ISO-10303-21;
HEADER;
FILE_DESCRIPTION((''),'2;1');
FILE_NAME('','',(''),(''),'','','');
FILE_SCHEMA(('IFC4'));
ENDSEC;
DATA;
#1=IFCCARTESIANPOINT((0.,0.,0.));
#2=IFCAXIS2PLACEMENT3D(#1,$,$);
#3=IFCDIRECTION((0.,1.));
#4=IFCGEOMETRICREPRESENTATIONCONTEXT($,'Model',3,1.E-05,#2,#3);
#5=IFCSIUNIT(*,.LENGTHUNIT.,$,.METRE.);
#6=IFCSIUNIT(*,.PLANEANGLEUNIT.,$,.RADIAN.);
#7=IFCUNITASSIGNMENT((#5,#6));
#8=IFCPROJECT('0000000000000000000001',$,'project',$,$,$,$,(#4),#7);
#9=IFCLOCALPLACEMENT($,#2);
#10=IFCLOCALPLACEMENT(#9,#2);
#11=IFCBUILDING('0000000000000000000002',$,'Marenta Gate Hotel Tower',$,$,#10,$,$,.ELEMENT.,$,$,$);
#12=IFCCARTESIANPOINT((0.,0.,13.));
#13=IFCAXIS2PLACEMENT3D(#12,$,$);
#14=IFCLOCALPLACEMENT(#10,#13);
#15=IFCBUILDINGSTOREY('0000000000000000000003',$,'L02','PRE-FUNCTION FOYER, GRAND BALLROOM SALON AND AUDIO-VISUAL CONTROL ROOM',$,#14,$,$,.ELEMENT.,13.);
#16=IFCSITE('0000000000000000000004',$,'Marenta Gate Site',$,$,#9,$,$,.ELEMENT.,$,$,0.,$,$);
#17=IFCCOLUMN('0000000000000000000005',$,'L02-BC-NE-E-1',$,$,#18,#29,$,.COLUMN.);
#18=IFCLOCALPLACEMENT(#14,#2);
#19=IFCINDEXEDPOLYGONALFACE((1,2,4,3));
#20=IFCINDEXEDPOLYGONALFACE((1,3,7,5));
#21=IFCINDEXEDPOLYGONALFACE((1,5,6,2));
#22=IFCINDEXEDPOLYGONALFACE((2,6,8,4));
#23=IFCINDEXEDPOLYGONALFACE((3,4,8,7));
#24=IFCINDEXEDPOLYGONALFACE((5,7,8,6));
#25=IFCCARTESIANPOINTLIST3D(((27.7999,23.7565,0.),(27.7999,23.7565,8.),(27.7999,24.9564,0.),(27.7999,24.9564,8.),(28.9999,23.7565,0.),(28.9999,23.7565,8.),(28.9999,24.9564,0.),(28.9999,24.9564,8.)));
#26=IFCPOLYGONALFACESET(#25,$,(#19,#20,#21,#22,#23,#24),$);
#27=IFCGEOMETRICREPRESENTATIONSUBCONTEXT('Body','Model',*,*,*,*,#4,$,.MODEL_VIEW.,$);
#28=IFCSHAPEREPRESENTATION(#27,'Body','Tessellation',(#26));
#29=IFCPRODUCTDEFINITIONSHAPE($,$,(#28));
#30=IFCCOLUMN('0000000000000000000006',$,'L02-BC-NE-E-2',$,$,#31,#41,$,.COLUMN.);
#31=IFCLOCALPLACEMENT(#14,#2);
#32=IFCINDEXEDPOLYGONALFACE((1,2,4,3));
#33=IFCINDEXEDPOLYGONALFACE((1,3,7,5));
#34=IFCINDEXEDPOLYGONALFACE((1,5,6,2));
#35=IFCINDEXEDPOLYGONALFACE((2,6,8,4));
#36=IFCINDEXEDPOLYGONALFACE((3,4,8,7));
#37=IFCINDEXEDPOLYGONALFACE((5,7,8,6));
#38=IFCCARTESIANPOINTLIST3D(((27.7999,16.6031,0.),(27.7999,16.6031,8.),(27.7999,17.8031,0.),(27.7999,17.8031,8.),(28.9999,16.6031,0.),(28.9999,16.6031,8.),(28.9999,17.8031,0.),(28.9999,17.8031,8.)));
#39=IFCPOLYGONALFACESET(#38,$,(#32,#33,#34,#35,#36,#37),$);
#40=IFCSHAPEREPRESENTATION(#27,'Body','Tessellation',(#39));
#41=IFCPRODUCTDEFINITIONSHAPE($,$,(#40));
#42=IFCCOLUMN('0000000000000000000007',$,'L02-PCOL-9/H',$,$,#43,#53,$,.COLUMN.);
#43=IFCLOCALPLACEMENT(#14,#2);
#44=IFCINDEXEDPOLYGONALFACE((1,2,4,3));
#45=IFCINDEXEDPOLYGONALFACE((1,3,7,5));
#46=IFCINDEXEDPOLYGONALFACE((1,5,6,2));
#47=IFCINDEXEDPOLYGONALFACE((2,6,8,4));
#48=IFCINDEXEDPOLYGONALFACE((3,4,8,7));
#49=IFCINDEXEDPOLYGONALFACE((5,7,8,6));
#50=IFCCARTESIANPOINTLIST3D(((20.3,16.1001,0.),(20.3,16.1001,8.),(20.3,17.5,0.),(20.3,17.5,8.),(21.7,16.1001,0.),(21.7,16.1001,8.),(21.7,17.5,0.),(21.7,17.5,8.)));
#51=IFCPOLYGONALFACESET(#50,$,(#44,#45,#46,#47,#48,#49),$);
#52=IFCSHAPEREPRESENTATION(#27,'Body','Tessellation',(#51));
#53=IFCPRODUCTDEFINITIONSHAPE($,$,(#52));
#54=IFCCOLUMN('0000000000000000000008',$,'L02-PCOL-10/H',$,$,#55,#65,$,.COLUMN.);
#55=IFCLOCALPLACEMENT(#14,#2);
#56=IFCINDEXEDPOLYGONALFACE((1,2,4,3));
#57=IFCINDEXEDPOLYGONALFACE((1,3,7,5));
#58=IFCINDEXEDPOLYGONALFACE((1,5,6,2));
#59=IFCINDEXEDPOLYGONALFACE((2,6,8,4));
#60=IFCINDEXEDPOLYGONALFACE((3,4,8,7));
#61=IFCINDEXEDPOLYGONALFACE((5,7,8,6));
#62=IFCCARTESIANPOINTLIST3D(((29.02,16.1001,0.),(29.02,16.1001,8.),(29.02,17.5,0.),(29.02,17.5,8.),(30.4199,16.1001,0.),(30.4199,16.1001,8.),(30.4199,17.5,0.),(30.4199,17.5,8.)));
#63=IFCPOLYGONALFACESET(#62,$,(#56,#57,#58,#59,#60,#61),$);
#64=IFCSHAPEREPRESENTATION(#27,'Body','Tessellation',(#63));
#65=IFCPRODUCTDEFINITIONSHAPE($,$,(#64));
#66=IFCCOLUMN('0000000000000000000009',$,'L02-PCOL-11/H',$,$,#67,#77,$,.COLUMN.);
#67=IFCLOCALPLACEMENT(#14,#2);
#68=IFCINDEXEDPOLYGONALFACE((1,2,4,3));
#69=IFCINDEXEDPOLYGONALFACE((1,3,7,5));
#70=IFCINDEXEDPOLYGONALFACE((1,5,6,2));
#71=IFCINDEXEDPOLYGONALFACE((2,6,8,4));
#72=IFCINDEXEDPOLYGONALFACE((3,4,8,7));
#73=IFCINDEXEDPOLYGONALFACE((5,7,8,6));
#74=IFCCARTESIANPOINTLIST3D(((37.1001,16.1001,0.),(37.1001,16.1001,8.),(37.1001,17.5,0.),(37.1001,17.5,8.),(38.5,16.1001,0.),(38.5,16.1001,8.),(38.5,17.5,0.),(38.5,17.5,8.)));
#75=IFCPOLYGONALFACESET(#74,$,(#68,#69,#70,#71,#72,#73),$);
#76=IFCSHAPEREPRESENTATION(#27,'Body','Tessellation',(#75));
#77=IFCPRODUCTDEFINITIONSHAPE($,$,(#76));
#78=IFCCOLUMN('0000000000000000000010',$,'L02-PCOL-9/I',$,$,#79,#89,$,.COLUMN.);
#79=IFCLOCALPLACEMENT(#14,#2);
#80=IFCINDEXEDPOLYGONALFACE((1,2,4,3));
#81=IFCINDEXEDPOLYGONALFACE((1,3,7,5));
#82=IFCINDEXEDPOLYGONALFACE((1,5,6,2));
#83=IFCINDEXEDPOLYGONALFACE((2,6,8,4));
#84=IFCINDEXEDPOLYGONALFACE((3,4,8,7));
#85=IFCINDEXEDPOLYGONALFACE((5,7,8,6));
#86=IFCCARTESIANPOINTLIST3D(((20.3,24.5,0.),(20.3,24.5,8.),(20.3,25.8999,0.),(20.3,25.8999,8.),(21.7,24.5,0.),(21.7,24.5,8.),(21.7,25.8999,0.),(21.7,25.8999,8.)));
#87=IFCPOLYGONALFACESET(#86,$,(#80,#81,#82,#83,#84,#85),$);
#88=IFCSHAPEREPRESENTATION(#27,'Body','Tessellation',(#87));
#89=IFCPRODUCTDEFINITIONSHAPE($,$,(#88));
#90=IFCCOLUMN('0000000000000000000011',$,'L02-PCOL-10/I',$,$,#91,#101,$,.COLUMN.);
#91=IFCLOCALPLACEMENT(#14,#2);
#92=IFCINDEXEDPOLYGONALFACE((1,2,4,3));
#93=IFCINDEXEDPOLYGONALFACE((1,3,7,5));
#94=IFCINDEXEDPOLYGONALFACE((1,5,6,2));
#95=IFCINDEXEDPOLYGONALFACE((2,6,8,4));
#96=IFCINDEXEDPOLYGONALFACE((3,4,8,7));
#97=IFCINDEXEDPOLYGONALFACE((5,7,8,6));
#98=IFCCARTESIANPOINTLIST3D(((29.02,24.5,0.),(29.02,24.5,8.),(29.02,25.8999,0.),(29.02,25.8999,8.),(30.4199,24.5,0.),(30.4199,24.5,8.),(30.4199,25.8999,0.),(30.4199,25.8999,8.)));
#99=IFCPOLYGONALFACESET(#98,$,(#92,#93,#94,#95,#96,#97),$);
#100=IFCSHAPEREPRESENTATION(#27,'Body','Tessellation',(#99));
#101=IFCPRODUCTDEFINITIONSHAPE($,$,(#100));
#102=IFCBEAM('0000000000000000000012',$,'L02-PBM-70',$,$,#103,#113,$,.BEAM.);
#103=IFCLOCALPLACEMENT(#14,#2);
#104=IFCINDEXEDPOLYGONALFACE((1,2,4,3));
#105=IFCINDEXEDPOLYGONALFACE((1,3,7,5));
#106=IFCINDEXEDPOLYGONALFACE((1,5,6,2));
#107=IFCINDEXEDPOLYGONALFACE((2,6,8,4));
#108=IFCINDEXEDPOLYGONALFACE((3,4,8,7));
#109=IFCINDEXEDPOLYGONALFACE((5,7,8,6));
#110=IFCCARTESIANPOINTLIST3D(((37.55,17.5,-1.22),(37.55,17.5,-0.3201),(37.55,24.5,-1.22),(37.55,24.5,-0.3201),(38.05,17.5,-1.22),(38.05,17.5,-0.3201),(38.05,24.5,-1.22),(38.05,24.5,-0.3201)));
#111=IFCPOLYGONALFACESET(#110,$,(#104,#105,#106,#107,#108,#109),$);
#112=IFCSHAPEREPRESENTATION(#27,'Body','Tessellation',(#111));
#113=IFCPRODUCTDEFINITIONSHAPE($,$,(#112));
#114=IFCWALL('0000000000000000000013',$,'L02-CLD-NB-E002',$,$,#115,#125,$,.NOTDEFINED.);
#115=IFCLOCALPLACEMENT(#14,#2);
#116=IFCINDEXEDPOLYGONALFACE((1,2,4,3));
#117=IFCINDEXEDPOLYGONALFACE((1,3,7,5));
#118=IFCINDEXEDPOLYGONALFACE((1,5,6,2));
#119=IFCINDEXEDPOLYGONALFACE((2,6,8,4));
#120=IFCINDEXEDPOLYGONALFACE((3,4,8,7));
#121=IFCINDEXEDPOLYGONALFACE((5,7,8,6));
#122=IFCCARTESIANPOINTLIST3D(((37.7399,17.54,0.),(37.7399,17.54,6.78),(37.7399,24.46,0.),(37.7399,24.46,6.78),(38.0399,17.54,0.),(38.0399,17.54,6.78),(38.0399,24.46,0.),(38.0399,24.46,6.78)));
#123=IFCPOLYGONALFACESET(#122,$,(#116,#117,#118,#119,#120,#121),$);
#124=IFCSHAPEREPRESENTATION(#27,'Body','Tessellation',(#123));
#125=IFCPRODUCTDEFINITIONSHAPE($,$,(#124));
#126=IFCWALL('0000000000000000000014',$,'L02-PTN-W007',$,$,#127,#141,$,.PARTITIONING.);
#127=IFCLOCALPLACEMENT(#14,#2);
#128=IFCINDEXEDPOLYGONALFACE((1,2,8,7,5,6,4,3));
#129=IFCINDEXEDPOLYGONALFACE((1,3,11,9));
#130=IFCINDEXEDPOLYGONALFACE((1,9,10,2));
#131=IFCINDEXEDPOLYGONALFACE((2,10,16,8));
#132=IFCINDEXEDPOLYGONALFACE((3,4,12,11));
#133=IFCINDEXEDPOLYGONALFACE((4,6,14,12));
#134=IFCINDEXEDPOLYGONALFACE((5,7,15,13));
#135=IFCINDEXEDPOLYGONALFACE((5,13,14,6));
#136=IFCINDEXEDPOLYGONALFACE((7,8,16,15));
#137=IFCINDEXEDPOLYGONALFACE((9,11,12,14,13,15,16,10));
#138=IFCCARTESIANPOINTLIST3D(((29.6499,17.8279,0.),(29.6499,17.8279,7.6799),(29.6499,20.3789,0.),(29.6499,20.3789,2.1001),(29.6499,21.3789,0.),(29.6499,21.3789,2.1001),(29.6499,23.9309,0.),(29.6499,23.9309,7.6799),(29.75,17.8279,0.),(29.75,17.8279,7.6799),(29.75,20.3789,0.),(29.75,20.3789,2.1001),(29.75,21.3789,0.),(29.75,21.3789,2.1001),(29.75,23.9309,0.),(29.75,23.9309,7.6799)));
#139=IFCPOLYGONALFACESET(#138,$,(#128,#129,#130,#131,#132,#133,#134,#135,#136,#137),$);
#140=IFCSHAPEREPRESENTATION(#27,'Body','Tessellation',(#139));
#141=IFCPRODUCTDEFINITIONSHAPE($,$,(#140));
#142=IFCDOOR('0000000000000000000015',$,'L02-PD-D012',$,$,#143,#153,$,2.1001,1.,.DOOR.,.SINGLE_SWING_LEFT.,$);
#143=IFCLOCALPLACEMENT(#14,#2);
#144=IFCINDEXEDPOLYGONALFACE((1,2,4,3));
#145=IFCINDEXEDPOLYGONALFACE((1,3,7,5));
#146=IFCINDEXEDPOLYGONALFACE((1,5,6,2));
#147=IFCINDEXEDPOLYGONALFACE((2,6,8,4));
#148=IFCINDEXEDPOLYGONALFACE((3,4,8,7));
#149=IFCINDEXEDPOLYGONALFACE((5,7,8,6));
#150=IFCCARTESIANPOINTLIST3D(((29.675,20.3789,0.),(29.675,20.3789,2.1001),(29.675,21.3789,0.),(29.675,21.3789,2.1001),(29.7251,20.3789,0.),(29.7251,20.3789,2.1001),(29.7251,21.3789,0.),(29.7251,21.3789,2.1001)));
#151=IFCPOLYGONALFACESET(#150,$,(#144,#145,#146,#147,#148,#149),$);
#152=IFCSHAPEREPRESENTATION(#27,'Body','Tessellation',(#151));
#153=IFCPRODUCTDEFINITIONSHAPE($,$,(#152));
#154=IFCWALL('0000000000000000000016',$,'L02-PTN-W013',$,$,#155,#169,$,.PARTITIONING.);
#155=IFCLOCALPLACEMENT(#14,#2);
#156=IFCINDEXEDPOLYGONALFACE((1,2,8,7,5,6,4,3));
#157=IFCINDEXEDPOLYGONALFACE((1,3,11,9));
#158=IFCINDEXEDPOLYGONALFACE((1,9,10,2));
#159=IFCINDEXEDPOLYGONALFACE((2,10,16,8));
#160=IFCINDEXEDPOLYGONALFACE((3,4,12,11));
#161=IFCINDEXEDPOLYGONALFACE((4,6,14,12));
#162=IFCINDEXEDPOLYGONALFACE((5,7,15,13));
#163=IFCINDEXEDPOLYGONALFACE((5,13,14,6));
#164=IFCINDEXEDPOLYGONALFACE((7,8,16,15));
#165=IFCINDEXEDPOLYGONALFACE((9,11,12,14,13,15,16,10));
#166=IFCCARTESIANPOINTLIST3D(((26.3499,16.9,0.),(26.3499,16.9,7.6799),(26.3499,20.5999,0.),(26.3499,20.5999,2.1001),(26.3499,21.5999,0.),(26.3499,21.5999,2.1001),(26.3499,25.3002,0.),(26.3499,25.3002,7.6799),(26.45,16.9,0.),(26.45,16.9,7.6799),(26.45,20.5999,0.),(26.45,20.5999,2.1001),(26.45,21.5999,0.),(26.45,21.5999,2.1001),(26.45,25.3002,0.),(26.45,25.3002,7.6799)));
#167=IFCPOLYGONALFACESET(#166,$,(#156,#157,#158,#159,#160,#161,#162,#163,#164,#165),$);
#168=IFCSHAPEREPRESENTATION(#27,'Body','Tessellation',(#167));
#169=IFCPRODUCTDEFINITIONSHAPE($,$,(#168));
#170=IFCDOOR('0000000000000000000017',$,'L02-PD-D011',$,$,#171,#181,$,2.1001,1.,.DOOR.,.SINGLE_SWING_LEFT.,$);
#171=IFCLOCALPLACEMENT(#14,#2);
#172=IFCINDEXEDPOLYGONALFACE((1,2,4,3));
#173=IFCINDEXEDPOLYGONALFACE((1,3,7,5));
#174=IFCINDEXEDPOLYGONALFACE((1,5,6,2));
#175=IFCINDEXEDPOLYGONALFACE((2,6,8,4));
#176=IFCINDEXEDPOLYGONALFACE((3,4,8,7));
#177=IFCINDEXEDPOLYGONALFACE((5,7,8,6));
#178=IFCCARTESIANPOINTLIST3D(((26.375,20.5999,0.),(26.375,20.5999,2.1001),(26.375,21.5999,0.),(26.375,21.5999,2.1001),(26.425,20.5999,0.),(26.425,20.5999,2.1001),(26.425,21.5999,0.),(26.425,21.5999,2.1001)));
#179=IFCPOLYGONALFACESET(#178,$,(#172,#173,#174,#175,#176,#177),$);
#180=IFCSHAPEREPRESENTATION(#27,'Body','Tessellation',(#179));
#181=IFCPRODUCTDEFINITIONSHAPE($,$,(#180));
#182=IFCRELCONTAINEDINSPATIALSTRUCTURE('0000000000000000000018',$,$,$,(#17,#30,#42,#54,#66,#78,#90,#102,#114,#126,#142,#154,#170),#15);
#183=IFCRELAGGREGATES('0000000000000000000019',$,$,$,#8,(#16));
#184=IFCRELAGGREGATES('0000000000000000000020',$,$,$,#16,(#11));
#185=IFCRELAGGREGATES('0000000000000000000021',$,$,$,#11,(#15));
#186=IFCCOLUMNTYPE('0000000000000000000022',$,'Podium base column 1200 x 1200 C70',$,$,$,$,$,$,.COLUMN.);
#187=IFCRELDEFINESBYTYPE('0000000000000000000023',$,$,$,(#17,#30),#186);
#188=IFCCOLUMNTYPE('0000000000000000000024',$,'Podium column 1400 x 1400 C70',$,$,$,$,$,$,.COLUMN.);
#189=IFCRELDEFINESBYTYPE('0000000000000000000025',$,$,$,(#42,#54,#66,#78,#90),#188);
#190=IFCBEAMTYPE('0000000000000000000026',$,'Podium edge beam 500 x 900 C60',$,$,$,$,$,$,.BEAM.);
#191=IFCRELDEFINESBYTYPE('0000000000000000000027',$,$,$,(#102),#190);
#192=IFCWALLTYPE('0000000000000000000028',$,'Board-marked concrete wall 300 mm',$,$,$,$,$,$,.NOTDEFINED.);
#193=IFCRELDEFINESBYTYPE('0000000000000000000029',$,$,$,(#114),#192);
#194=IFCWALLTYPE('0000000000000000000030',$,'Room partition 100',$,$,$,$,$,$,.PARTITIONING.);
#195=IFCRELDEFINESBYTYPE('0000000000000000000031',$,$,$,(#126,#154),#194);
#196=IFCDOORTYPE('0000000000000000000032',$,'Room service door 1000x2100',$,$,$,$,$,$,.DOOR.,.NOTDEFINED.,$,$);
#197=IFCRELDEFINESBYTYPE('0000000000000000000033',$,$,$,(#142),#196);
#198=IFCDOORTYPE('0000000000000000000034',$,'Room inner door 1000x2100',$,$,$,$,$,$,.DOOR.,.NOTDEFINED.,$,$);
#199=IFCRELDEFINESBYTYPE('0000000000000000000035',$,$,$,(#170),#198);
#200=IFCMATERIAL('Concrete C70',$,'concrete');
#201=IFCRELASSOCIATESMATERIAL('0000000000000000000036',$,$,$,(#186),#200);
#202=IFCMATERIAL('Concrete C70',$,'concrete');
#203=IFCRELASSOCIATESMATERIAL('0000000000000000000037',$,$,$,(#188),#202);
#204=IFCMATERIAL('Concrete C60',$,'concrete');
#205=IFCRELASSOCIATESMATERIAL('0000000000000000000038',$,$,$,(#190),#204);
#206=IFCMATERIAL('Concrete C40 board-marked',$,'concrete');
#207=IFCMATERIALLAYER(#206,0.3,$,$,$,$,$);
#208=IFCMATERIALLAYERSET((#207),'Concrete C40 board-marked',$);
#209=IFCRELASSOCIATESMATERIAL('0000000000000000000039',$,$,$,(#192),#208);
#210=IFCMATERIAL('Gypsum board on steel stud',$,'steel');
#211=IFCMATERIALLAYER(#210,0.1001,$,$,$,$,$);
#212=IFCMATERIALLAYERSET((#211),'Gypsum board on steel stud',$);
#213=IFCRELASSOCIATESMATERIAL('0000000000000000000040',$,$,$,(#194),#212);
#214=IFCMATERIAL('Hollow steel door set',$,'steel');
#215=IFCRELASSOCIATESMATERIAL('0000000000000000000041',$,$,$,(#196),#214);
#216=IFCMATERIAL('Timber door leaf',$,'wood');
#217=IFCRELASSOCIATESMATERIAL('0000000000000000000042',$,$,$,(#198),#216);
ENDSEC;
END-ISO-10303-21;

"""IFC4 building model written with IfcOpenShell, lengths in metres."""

from ifc_helpers import new_model, si_unit, direction, frame, frame_2d, origin, origin_2d, place, context, subcontext, project, spatial, rectangle, extrude, material, layer, layer_set, material_profile, profile_set, type_object, element, fill, save


model = new_model("IFC4")

# Units and contexts
model_context = context("Model", 3, precision=1e-05, world=origin(), true_north=direction((0.0, 1.0)))
body_context = subcontext(model_context, "Body", "Model", "MODEL_VIEW")
ifc_project = project(units=[si_unit("LENGTHUNIT", "METRE"), si_unit("PLANEANGLEUNIT", "RADIAN")], contexts=[model_context])

# Site, building, storey
site_placement = place(None, origin())
site = spatial("IfcSite", under=ifc_project, at=site_placement, Name="Marenta Gate Site", CompositionType="ELEMENT", RefElevation=0.0)
building_placement = place(site_placement, origin())
building = spatial("IfcBuilding", under=site, at=building_placement, Name="Marenta Gate Hotel Tower", CompositionType="ELEMENT")
storey_placement = place(building_placement, frame((0.0, 0.0, 13.0)))
storey = spatial("IfcBuildingStorey", under=building, at=storey_placement, Name="L02", Description="PRE-FUNCTION FOYER, GRAND BALLROOM SALON AND AUDIO-VISUAL CONTROL ROOM", CompositionType="ELEMENT", Elevation=13.0)

# Columns
ifc_material_1 = material(Name="Concrete C70", Category="concrete")
ifc_material_profile_1 = material_profile(ifc_material_1, rectangle(XDim=1.2, YDim=1.2, at=origin_2d()), Name="1200 x 1200")
ifc_profile_set_1 = profile_set([ifc_material_profile_1], Name="Concrete C70")
column_type_1 = type_object("IfcColumnType", Name="Podium base column 1200 x 1200 C70", PredefinedType="COLUMN", material=ifc_profile_set_1)
for number, where, z_axis, x_axis, name in (
    (1, (28.3999, 24.3564, 0.0), (0.0, 0.0, 1.0), (1.0, 0.0, 0.0), "L02-BC-NE-E-1"),
    (2, (28.3999, 17.2031, 0.0), (0.0, 0.0, 1.0), (1.0, 0.0, 0.0), "L02-BC-NE-E-2"),
):
    element("IfcColumn", number, at=place(storey_placement, frame(where, z_axis=z_axis, x_axis=x_axis)), inside=storey, type_object=column_type_1, Name=name, PredefinedType="COLUMN", context=body_context, shape_type="SweptSolid", body=[
        extrude(rectangle(XDim=1.2, YDim=1.2, at=origin_2d()), origin(), (0.0, 0.0, 1.0), 8.0),
    ])
ifc_material_2 = material(Name="Concrete C70", Category="concrete")
ifc_material_profile_2 = material_profile(ifc_material_2, rectangle(XDim=1.3999, YDim=1.3999, at=origin_2d()), Name="1400 x 1400")
ifc_profile_set_2 = profile_set([ifc_material_profile_2], Name="Concrete C70")
column_type_2 = type_object("IfcColumnType", Name="Podium column 1400 x 1400 C70", PredefinedType="COLUMN", material=ifc_profile_set_2)
for number, where, z_axis, x_axis, name in (
    (3, (21.0, 16.8, 0.0), (0.0, 0.0, 1.0), (1.0, 0.0, 0.0), "L02-PCOL-9/H"),
    (4, (29.72, 16.8, 0.0), (0.0, 0.0, 1.0), (1.0, 0.0, 0.0), "L02-PCOL-10/H"),
    (5, (37.8, 16.8, 0.0), (0.0, 0.0, 1.0), (1.0, 0.0, 0.0), "L02-PCOL-11/H"),
    (6, (21.0, 25.2, 0.0), (0.0, 0.0, 1.0), (1.0, 0.0, 0.0), "L02-PCOL-9/I"),
    (7, (29.72, 25.2, 0.0), (0.0, 0.0, 1.0), (1.0, 0.0, 0.0), "L02-PCOL-10/I"),
):
    element("IfcColumn", number, at=place(storey_placement, frame(where, z_axis=z_axis, x_axis=x_axis)), inside=storey, type_object=column_type_2, Name=name, PredefinedType="COLUMN", context=body_context, shape_type="SweptSolid", body=[
        extrude(rectangle(XDim=1.3999, YDim=1.3999, at=origin_2d()), origin(), (0.0, 0.0, 1.0), 8.0),
    ])

# Beam
ifc_material_3 = material(Name="Concrete C60", Category="concrete")
ifc_material_profile_3 = material_profile(ifc_material_3, rectangle(XDim=0.5, YDim=0.8999, at=origin_2d()), Name="500 x 900")
ifc_profile_set_3 = profile_set([ifc_material_profile_3], Name="Concrete C60")
beam_type = type_object("IfcBeamType", Name="Podium edge beam 500 x 900 C60", PredefinedType="BEAM", material=ifc_profile_set_3)
beam_placement = place(storey_placement, frame((37.8, 17.5, -0.77), z_axis=(0.0, 1.0, 0.0), x_axis=(-1.0, 0.0, 0.0)))
element("IfcBeam", 8, at=beam_placement, inside=storey, type_object=beam_type, Name="L02-PBM-70", PredefinedType="BEAM", context=body_context, shape_type="SweptSolid", body=[
    extrude(rectangle(XDim=0.5, YDim=0.8999, at=origin_2d()), origin(), (0.0, 0.0, 1.0), 7.0),
])

# Wall
ifc_material_4 = material(Name="Concrete C40 board-marked", Category="concrete")
ifc_layer_1 = layer(ifc_material_4, 0.3)
ifc_layer_set_1 = layer_set([ifc_layer_1], Name="Concrete C40 board-marked")
wall_type_1 = type_object("IfcWallType", Name="Board-marked concrete wall 300 mm", PredefinedType="NOTDEFINED", material=ifc_layer_set_1)
wall_1_placement = place(storey_placement, frame((37.8899, 17.54, 0.0), z_axis=(0.0, 0.0, 1.0), x_axis=(0.0, 1.0, 0.0)))
element("IfcWall", 9, at=wall_1_placement, inside=storey, type_object=wall_type_1, Name="L02-CLD-NB-E002", PredefinedType="NOTDEFINED", context=body_context, shape_type="SweptSolid", body=[
    extrude(rectangle(XDim=6.9199, YDim=0.3, at=frame_2d((3.46, 0.0))), origin(), (0.0, 0.0, 1.0), 6.78),
])

# Walls, openings, doors
ifc_material_5 = material(Name="Gypsum board on steel stud", Category="steel")
ifc_layer_2 = layer(ifc_material_5, 0.1001)
ifc_layer_set_2 = layer_set([ifc_layer_2], Name="Gypsum board on steel stud")
wall_type_2 = type_object("IfcWallType", Name="Room partition 100", PredefinedType="PARTITIONING", material=ifc_layer_set_2)
wall_2_placement = place(storey_placement, frame((29.7, 17.8279, 0.0), z_axis=(0.0, 0.0, 1.0), x_axis=(0.0, 1.0, 0.0)))
wall_2 = element("IfcWall", 10, at=wall_2_placement, inside=storey, type_object=wall_type_2, Name="L02-PTN-W007", PredefinedType="PARTITIONING", context=body_context, shape_type="SweptSolid", body=[
    extrude(rectangle(XDim=6.103, YDim=0.1001, at=frame_2d((3.0515, 0.0))), origin(), (0.0, 0.0, 1.0), 7.6799),
])
opening_1_placement = place(wall_2_placement, frame((2.551, 0.0, 0.0)))
opening_1 = element("IfcOpeningElement", 11, at=opening_1_placement, cuts=wall_2, PredefinedType="OPENING", context=body_context, shape_type="SweptSolid", body=[
    extrude(rectangle(XDim=1.0, YDim=2.1001, at=frame_2d((0.5, 1.05))), frame((0.0, 0.05, 0.0), z_axis=(0.0, -1.0, 0.0), x_axis=(1.0, 0.0, 0.0)), (0.0, 0.0, 1.0), 0.1001),
])
ifc_material_6 = material(Name="Hollow steel door set", Category="steel")
door_type_1 = type_object("IfcDoorType", Name="Room service door 1000x2100", OperationType="NOTDEFINED", PredefinedType="DOOR", material=ifc_material_6)
door_1_placement = place(opening_1_placement, origin())
door_1 = element("IfcDoor", 12, at=door_1_placement, inside=storey, type_object=door_type_1, Name="L02-PD-D012", OperationType="SINGLE_SWING_LEFT", OverallHeight=2.1001, OverallWidth=1.0, PredefinedType="DOOR", context=body_context, shape_type="SweptSolid", body=[
    extrude(rectangle(XDim=1.0, YDim=2.1001, at=frame_2d((0.5, 1.05))), frame((0.0, 0.0249, 0.0), z_axis=(0.0, -1.0, 0.0), x_axis=(1.0, 0.0, 0.0)), (0.0, 0.0, 1.0), 0.05),
])
fill(opening_1, door_1)
wall_3_placement = place(storey_placement, frame((26.3999, 16.8999, 0.0), z_axis=(0.0, 0.0, 1.0), x_axis=(0.0, 1.0, 0.0)))
wall_3 = element("IfcWall", 13, at=wall_3_placement, inside=storey, type_object=wall_type_2, Name="L02-PTN-W013", PredefinedType="PARTITIONING", context=body_context, shape_type="SweptSolid", body=[
    extrude(rectangle(XDim=8.4001, YDim=0.1001, at=frame_2d((4.2002, 0.0))), origin(), (0.0, 0.0, 1.0), 7.6799),
])
opening_2_placement = place(wall_3_placement, frame((3.7, 0.0, 0.0)))
opening_2 = element("IfcOpeningElement", 14, at=opening_2_placement, cuts=wall_3, PredefinedType="OPENING", context=body_context, shape_type="SweptSolid", body=[
    extrude(rectangle(XDim=1.0, YDim=2.1001, at=frame_2d((0.5, 1.05))), frame((0.0, 0.05, 0.0), z_axis=(0.0, -1.0, 0.0), x_axis=(1.0, 0.0, 0.0)), (0.0, 0.0, 1.0), 0.1001),
])
ifc_material_7 = material(Name="Timber door leaf", Category="wood")
door_type_2 = type_object("IfcDoorType", Name="Room inner door 1000x2100", OperationType="NOTDEFINED", PredefinedType="DOOR", material=ifc_material_7)
door_2_placement = place(opening_2_placement, origin())
door_2 = element("IfcDoor", 15, at=door_2_placement, inside=storey, type_object=door_type_2, Name="L02-PD-D011", OperationType="SINGLE_SWING_LEFT", OverallHeight=2.1001, OverallWidth=1.0, PredefinedType="DOOR", context=body_context, shape_type="SweptSolid", body=[
    extrude(rectangle(XDim=1.0, YDim=2.1001, at=frame_2d((0.5, 1.05))), frame((0.0, 0.0249, 0.0), z_axis=(0.0, -1.0, 0.0), x_axis=(1.0, 0.0, 0.0)), (0.0, 0.0, 1.0), 0.05),
])
fill(opening_2, door_2)

save(model, "model.ifc")
